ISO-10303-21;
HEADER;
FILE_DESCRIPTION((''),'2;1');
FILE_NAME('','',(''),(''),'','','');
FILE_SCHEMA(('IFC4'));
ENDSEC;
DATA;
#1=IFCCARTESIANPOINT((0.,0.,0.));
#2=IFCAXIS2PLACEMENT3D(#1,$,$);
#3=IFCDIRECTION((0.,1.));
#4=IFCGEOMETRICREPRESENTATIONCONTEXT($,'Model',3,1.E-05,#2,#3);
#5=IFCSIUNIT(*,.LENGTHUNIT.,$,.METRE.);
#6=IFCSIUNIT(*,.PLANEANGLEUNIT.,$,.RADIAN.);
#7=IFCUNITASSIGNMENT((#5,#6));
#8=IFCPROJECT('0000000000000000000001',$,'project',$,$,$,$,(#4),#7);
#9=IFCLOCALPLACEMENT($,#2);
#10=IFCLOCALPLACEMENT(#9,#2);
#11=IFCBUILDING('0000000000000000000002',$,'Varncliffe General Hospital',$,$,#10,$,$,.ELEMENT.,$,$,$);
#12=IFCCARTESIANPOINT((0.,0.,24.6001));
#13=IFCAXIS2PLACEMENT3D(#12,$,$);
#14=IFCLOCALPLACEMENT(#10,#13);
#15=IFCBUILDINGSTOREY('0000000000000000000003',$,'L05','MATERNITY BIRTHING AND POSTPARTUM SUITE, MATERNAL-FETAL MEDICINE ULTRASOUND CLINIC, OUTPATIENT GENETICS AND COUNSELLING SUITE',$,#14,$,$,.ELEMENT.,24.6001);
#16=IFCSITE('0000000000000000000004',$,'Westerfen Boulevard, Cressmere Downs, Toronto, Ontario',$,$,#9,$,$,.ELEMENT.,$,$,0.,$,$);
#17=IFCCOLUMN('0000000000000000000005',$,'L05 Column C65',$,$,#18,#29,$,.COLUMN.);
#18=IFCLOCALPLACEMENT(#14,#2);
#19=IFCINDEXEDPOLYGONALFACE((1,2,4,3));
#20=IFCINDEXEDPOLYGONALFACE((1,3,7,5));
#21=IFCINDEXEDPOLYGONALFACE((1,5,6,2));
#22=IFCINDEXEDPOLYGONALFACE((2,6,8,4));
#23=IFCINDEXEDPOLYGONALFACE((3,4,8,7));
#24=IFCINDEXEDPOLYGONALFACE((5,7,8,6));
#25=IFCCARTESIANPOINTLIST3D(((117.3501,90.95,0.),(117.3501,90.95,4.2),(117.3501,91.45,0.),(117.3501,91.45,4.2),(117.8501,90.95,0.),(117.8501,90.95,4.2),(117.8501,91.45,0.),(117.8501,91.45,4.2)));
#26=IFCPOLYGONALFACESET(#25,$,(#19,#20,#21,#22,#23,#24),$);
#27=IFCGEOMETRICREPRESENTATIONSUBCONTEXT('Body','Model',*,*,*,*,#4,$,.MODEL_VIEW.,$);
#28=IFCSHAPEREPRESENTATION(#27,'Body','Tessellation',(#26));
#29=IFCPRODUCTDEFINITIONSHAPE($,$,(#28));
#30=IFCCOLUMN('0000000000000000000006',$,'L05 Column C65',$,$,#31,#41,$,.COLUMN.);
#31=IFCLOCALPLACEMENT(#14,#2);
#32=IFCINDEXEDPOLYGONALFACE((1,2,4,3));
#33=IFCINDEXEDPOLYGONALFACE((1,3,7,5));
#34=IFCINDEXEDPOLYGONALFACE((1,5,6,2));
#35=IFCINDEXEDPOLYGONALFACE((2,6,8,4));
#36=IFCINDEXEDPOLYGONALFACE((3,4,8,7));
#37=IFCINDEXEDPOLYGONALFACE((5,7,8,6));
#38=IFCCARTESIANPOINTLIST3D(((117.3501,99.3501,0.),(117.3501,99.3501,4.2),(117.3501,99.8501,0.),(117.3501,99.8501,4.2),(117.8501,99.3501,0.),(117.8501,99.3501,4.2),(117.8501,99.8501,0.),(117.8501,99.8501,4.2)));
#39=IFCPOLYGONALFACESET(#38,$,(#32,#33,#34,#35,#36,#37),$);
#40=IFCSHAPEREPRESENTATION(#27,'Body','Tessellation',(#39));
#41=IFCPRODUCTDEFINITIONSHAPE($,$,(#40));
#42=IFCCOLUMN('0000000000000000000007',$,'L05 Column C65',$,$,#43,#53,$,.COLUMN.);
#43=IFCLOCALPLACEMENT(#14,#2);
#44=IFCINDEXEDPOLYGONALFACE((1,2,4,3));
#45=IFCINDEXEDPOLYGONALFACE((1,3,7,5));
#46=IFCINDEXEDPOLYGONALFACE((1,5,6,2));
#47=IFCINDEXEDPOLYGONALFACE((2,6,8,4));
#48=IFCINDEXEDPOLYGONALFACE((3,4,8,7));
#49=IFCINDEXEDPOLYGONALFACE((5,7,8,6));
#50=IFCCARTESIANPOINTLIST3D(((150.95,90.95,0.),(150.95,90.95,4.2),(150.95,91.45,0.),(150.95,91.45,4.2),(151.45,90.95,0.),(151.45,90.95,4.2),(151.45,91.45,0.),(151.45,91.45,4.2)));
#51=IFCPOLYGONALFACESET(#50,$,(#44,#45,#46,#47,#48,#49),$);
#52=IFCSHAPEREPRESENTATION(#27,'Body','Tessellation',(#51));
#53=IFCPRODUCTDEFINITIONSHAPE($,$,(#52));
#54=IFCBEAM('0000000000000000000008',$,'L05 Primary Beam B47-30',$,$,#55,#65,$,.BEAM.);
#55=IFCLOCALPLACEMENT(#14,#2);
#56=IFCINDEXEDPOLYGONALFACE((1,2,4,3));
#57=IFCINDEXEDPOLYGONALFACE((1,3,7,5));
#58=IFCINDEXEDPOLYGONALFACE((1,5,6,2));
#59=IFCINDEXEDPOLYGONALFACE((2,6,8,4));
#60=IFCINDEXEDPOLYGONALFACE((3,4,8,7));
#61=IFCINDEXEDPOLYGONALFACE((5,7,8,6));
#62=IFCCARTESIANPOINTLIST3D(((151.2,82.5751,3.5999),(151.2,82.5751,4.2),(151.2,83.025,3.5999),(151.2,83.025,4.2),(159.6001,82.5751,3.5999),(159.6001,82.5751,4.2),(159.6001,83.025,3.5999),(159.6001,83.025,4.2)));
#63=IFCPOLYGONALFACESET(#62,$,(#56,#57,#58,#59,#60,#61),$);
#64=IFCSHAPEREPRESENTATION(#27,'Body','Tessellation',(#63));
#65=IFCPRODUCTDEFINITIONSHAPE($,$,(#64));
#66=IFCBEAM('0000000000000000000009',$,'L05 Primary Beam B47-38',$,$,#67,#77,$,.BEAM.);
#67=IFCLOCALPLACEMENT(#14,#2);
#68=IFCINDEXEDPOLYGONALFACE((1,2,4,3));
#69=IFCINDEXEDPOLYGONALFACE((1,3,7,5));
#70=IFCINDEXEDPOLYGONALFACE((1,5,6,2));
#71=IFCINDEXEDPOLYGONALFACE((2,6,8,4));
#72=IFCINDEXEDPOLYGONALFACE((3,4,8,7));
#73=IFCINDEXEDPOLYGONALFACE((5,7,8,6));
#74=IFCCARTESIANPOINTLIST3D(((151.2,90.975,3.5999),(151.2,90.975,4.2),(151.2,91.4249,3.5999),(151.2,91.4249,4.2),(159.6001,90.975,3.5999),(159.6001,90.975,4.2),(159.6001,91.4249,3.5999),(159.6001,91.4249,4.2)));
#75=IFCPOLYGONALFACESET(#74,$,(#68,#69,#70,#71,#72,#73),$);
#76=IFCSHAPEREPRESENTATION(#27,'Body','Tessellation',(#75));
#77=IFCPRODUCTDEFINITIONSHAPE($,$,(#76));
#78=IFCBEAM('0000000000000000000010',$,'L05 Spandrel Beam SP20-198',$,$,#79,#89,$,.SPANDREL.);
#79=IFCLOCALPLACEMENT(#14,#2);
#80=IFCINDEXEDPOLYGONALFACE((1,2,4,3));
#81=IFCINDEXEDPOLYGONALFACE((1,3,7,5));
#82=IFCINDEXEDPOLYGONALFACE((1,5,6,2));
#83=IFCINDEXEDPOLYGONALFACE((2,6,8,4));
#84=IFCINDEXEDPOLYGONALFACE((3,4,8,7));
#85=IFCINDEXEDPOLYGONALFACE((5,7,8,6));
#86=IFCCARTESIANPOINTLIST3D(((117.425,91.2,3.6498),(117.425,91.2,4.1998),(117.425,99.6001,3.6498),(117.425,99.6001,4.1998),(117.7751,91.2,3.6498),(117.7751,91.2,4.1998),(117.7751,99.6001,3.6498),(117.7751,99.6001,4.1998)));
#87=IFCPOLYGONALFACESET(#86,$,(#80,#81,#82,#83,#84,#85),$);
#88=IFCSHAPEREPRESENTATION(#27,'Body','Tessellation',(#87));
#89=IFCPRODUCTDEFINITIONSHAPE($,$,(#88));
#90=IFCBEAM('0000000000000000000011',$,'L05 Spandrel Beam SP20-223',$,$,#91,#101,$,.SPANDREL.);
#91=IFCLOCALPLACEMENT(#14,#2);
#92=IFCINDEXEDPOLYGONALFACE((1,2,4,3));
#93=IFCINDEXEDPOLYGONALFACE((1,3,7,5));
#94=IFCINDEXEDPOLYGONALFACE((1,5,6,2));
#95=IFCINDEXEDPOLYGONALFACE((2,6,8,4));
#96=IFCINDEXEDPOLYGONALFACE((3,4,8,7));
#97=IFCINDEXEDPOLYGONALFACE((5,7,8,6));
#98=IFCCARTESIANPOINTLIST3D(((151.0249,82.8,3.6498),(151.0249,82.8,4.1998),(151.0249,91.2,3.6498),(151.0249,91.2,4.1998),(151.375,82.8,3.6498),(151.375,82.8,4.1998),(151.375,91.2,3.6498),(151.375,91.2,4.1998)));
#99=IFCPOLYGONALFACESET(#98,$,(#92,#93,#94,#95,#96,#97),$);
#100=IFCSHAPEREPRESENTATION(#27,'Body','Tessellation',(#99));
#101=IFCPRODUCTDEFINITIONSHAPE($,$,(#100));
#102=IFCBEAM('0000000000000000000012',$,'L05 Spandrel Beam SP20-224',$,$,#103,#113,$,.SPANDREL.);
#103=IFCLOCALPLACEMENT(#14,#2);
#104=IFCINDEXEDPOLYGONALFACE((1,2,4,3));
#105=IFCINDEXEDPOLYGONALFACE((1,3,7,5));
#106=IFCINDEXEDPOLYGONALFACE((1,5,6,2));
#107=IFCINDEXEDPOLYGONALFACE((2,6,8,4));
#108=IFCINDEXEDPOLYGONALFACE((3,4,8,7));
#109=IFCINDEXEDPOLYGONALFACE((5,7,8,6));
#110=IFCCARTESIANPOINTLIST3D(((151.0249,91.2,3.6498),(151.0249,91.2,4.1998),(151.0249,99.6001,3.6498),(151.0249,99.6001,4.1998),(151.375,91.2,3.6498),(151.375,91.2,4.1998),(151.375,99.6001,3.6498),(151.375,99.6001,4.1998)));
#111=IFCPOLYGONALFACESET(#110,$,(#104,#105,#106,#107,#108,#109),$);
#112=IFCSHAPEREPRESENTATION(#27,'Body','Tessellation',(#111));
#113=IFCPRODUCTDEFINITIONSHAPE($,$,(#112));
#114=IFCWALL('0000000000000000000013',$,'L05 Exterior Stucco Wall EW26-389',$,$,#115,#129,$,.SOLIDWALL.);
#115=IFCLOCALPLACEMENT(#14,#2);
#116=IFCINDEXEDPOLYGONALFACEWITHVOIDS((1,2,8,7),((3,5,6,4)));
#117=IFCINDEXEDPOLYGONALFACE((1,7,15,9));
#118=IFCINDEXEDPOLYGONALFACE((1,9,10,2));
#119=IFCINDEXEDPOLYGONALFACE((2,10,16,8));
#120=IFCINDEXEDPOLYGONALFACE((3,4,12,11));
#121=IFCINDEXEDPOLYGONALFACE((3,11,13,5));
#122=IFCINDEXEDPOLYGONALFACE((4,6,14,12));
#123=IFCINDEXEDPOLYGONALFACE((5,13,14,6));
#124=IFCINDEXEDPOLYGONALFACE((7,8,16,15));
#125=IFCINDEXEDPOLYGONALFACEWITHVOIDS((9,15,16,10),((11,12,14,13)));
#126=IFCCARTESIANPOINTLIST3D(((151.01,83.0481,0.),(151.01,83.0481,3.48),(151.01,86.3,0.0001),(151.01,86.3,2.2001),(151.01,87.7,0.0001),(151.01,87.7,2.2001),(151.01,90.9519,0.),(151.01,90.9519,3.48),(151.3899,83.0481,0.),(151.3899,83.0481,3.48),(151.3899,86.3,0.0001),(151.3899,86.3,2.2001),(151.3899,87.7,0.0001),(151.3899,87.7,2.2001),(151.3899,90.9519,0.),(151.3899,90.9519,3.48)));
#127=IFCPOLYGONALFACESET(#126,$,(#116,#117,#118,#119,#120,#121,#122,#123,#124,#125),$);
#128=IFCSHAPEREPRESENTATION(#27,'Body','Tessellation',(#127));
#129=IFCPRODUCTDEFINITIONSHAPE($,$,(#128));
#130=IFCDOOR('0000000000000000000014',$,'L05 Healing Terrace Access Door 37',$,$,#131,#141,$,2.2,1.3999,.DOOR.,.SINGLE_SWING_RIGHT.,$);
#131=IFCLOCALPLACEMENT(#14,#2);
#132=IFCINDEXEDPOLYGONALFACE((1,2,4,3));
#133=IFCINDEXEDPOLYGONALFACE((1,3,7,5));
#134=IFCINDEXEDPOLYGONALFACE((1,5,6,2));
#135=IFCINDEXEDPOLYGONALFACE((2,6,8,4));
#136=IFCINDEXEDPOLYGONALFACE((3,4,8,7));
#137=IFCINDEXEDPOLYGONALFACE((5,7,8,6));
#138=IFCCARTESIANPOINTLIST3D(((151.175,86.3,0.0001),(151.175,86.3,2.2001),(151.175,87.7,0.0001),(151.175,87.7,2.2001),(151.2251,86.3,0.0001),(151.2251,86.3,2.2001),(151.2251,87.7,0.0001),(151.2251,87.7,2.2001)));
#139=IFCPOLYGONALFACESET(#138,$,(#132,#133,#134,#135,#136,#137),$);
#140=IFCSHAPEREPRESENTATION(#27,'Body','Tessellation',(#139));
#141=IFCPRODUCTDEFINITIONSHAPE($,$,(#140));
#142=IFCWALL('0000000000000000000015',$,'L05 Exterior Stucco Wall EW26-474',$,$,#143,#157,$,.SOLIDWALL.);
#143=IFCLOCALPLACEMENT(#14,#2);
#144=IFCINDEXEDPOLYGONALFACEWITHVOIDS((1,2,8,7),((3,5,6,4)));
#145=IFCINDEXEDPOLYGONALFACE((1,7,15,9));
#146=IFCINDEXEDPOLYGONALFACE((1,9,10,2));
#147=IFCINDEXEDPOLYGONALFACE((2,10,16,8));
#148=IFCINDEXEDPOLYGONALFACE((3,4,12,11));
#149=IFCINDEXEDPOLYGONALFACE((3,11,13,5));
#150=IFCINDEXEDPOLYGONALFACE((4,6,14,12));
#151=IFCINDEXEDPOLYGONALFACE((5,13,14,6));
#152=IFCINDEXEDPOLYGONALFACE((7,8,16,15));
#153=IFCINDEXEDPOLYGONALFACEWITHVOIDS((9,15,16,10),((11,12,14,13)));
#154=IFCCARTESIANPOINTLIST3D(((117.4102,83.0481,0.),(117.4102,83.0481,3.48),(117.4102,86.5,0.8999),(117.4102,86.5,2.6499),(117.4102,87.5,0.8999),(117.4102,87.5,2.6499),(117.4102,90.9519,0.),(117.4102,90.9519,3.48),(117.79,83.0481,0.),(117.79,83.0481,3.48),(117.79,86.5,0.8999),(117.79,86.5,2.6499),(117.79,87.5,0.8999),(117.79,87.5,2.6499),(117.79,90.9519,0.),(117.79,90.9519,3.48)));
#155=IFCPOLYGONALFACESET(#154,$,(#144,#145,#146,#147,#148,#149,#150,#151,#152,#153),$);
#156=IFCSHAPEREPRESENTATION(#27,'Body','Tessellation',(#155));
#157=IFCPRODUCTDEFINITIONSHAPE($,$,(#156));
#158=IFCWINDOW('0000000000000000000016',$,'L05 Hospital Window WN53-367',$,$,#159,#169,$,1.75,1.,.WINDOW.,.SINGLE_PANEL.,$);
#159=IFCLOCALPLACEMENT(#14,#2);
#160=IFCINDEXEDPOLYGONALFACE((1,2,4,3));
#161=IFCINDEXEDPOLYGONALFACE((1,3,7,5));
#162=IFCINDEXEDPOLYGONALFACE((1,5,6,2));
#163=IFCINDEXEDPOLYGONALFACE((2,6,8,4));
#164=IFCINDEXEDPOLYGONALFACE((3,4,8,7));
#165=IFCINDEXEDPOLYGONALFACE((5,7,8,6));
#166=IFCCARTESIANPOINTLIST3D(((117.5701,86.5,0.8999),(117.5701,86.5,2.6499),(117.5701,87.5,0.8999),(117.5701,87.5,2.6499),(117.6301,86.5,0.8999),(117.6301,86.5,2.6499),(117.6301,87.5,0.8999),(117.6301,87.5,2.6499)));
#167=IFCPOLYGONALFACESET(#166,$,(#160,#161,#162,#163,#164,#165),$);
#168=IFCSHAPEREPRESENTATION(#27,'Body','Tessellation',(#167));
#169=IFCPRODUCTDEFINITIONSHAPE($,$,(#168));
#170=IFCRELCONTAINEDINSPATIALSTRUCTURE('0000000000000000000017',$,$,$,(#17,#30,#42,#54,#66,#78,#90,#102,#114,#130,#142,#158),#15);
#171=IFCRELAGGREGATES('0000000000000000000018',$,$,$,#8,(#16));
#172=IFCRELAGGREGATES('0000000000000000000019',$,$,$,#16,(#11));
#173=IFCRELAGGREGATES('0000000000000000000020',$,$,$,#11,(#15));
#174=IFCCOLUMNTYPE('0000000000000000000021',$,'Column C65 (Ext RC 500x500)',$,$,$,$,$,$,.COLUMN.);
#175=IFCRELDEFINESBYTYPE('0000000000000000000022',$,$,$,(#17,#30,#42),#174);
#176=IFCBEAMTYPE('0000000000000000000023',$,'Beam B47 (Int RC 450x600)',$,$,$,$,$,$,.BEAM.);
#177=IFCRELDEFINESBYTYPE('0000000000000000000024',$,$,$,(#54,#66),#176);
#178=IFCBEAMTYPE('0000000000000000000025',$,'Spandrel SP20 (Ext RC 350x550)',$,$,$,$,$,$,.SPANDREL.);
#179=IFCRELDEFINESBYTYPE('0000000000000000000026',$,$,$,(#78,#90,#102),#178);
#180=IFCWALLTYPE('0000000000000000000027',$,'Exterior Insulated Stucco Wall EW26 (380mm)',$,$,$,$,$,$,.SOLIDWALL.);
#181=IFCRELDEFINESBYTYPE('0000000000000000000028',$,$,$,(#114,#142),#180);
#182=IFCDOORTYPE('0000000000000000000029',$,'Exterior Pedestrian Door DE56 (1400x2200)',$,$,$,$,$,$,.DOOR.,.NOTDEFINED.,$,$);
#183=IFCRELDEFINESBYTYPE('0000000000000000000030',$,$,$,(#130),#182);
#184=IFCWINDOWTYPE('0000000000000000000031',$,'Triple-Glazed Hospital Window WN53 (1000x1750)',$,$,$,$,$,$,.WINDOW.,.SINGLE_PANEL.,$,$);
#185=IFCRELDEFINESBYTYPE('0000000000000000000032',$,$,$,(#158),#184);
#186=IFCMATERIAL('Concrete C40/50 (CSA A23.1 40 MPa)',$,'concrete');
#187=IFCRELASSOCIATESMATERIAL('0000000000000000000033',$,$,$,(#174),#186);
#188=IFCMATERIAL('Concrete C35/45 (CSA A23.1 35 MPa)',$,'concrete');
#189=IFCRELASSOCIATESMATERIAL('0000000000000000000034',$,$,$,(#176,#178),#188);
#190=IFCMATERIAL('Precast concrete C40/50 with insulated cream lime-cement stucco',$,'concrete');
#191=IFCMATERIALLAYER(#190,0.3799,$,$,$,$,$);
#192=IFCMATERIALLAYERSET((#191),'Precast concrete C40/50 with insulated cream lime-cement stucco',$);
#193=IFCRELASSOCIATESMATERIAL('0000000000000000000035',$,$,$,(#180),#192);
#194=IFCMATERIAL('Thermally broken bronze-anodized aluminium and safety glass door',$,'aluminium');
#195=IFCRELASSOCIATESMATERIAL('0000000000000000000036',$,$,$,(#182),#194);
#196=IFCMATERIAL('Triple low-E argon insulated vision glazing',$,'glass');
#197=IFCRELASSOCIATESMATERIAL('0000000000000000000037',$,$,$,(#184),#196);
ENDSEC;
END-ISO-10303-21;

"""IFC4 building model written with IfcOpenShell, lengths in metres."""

from ifc_helpers import new_model, si_unit, direction, frame, frame_2d, origin, origin_2d, place, context, subcontext, project, spatial, rectangle, extrude, material, layer, layer_set, material_profile, profile_set, type_object, element, fill, save


model = new_model("IFC4")

# Units and contexts
model_context = context("Model", 3, precision=1e-05, world=origin(), true_north=direction((0.0, 1.0)))
body_context = subcontext(model_context, "Body", "Model", "MODEL_VIEW")
ifc_project = project(units=[si_unit("LENGTHUNIT", "METRE"), si_unit("PLANEANGLEUNIT", "RADIAN")], contexts=[model_context])

# Site, building, storey
site_placement = place(None, origin())
site = spatial("IfcSite", under=ifc_project, at=site_placement, Name="Westerfen Boulevard, Cressmere Downs, Toronto, Ontario", CompositionType="ELEMENT", RefElevation=0.0)
building_placement = place(site_placement, origin())
building = spatial("IfcBuilding", under=site, at=building_placement, Name="Varncliffe General Hospital", CompositionType="ELEMENT")
storey_placement = place(building_placement, frame((0.0, 0.0, 24.6001)))
storey = spatial("IfcBuildingStorey", under=building, at=storey_placement, Name="L05", Description="MATERNITY BIRTHING AND POSTPARTUM SUITE, MATERNAL-FETAL MEDICINE ULTRASOUND CLINIC, OUTPATIENT GENETICS AND COUNSELLING SUITE", CompositionType="ELEMENT", Elevation=24.6001)

# Columns
ifc_material_1 = material(Name="Concrete C40/50 (CSA A23.1 40 MPa)", Category="concrete")
ifc_material_profile_1 = material_profile(ifc_material_1, rectangle(XDim=0.5, YDim=0.5, at=origin_2d()), Name="RC 500x500")
ifc_profile_set_1 = profile_set([ifc_material_profile_1], Name="Concrete C40/50 (CSA A23.1 40 MPa)")
column_type = type_object("IfcColumnType", Name="Column C65 (Ext RC 500x500)", PredefinedType="COLUMN", material=ifc_profile_set_1)
for number, where, z_axis, x_axis, name in (
    (1, (117.6001, 91.2, 0.0), (0.0, 0.0, 1.0), (1.0, 0.0, 0.0), "L05 Column C65"),
    (2, (117.6001, 99.6001, 0.0), (0.0, 0.0, 1.0), (1.0, 0.0, 0.0), "L05 Column C65"),
    (3, (151.2, 91.2, 0.0), (0.0, 0.0, 1.0), (1.0, 0.0, 0.0), "L05 Column C65"),
):
    element("IfcColumn", number, at=place(storey_placement, frame(where, z_axis=z_axis, x_axis=x_axis)), inside=storey, type_object=column_type, Name=name, PredefinedType="COLUMN", context=body_context, shape_type="SweptSolid", body=[
        extrude(rectangle(XDim=0.5, YDim=0.5, at=origin_2d()), origin(), (0.0, 0.0, 1.0), 4.2),
    ])

# Beams
ifc_material_2 = material(Name="Concrete C35/45 (CSA A23.1 35 MPa)", Category="concrete")
ifc_material_profile_2 = material_profile(ifc_material_2, rectangle(XDim=0.45, YDim=0.6001, at=origin_2d()), Name="RC 450x600")
ifc_profile_set_2 = profile_set([ifc_material_profile_2], Name="Concrete C35/45 (CSA A23.1 35 MPa)")
beam_type_1 = type_object("IfcBeamType", Name="Beam B47 (Int RC 450x600)", PredefinedType="BEAM", material=ifc_profile_set_2)
for number, where, z_axis, x_axis, name in (
    (4, (151.2, 82.8, 3.8999), (1.0, 0.0, 0.0), (0.0, 1.0, 0.0), "L05 Primary Beam B47-30"),
    (5, (151.2, 91.2, 3.8999), (1.0, 0.0, 0.0), (0.0, 1.0, 0.0), "L05 Primary Beam B47-38"),
):
    element("IfcBeam", number, at=place(storey_placement, frame(where, z_axis=z_axis, x_axis=x_axis)), inside=storey, type_object=beam_type_1, Name=name, PredefinedType="BEAM", context=body_context, shape_type="SweptSolid", body=[
        extrude(rectangle(XDim=0.45, YDim=0.6001, at=origin_2d()), origin(), (0.0, 0.0, 1.0), 8.4001),
    ])
ifc_material_profile_3 = material_profile(ifc_material_2, rectangle(XDim=0.3501, YDim=0.55, at=origin_2d()), Name="RC 350x550")
ifc_profile_set_3 = profile_set([ifc_material_profile_3], Name="Concrete C35/45 (CSA A23.1 35 MPa)")
beam_type_2 = type_object("IfcBeamType", Name="Spandrel SP20 (Ext RC 350x550)", PredefinedType="SPANDREL", material=ifc_profile_set_3)
beam_1_placement = place(storey_placement, frame((117.6001, 91.2, 3.9248), z_axis=(0.0, 1.0, 0.0), x_axis=(-1.0, 0.0, 0.0)))
element("IfcBeam", 6, at=beam_1_placement, inside=storey, type_object=beam_type_2, Name="L05 Spandrel Beam SP20-198", PredefinedType="SPANDREL", context=body_context, shape_type="SweptSolid", body=[
    extrude(rectangle(XDim=0.3501, YDim=0.55, at=origin_2d()), origin(), (0.0, 0.0, 1.0), 8.4001),
])
beam_2_placement = place(storey_placement, frame((151.2, 82.8, 3.9248), z_axis=(0.0, 1.0, 0.0), x_axis=(-1.0, 0.0, 0.0)))
element("IfcBeam", 7, at=beam_2_placement, inside=storey, type_object=beam_type_2, Name="L05 Spandrel Beam SP20-223", PredefinedType="SPANDREL", context=body_context, shape_type="SweptSolid", body=[
    extrude(rectangle(XDim=0.3501, YDim=0.55, at=origin_2d()), origin(), (0.0, 0.0, 1.0), 8.3999),
])
beam_3_placement = place(storey_placement, frame((151.2, 91.2, 3.9248), z_axis=(0.0, 1.0, 0.0), x_axis=(-1.0, 0.0, 0.0)))
element("IfcBeam", 8, at=beam_3_placement, inside=storey, type_object=beam_type_2, Name="L05 Spandrel Beam SP20-224", PredefinedType="SPANDREL", context=body_context, shape_type="SweptSolid", body=[
    extrude(rectangle(XDim=0.3501, YDim=0.55, at=origin_2d()), origin(), (0.0, 0.0, 1.0), 8.4001),
])

# Wall, opening, door
ifc_material_3 = material(Name="Precast concrete C40/50 with insulated cream lime-cement stucco", Category="concrete")
ifc_layer_1 = layer(ifc_material_3, 0.3799)
ifc_layer_set_1 = layer_set([ifc_layer_1], Name="Precast concrete C40/50 with insulated cream lime-cement stucco")
wall_type_1 = type_object("IfcWallType", Name="Exterior Insulated Stucco Wall EW26 (380mm)", PredefinedType="SOLIDWALL", material=ifc_layer_set_1)
wall_1_placement = place(storey_placement, frame((151.2, 83.0481, 0.0), z_axis=(0.0, 0.0, 1.0), x_axis=(0.0, 1.0, 0.0)))
wall_1 = element("IfcWall", 9, at=wall_1_placement, inside=storey, type_object=wall_type_1, Name="L05 Exterior Stucco Wall EW26-389", PredefinedType="SOLIDWALL", context=body_context, shape_type="SweptSolid", body=[
    extrude(rectangle(XDim=7.9038, YDim=0.3799, at=frame_2d((3.9519, 0.0))), origin(), (0.0, 0.0, 1.0), 3.48),
])
opening_1_placement = place(wall_1_placement, frame((3.252, 0.0, 0.0)))
opening_1 = element("IfcOpeningElement", 10, at=opening_1_placement, cuts=wall_1, PredefinedType="OPENING", context=body_context, shape_type="SweptSolid", body=[
    extrude(rectangle(XDim=1.3999, YDim=2.2, at=frame_2d((0.7, 1.1001))), frame((0.0, 0.2, 0.0), z_axis=(0.0, -1.0, 0.0), x_axis=(1.0, 0.0, 0.0)), (0.0, 0.0, 1.0), 0.3999),
])
ifc_material_4 = material(Name="Thermally broken bronze-anodized aluminium and safety glass door", Category="aluminium")
door_type = type_object("IfcDoorType", Name="Exterior Pedestrian Door DE56 (1400x2200)", OperationType="NOTDEFINED", PredefinedType="DOOR", material=ifc_material_4)
door_placement = place(opening_1_placement, origin())
door = element("IfcDoor", 11, at=door_placement, inside=storey, type_object=door_type, Name="L05 Healing Terrace Access Door 37", OperationType="SINGLE_SWING_RIGHT", OverallHeight=2.2, OverallWidth=1.3999, PredefinedType="DOOR", context=body_context, shape_type="SweptSolid", body=[
    extrude(rectangle(XDim=1.3999, YDim=2.2, at=frame_2d((0.7, 1.1001))), frame((0.0, 0.0249, 0.0), z_axis=(0.0, -1.0, 0.0), x_axis=(1.0, 0.0, 0.0)), (0.0, 0.0, 1.0), 0.05),
])
fill(opening_1, door)

# Wall, opening, window
wall_2_placement = place(storey_placement, frame((117.6001, 90.9519, 0.0), z_axis=(0.0, 0.0, 1.0), x_axis=(0.0, -1.0, 0.0)))
wall_2 = element("IfcWall", 12, at=wall_2_placement, inside=storey, type_object=wall_type_1, Name="L05 Exterior Stucco Wall EW26-474", PredefinedType="SOLIDWALL", context=body_context, shape_type="SweptSolid", body=[
    extrude(rectangle(XDim=7.9038, YDim=0.3799, at=frame_2d((3.9519, 0.0))), origin(), (0.0, 0.0, 1.0), 3.48),
])
opening_2_placement = place(wall_2_placement, frame((3.4519, 0.0, 0.8999)))
opening_2 = element("IfcOpeningElement", 13, at=opening_2_placement, cuts=wall_2, PredefinedType="OPENING", context=body_context, shape_type="SweptSolid", body=[
    extrude(rectangle(XDim=1.0, YDim=1.75, at=frame_2d((0.5, 0.875))), frame((0.0, 0.2, 0.0), z_axis=(0.0, -1.0, 0.0), x_axis=(1.0, 0.0, 0.0)), (0.0, 0.0, 1.0), 0.3999),
])
ifc_material_5 = material(Name="Triple low-E argon insulated vision glazing", Category="glass")
window_type_1 = type_object("IfcWindowType", Name="Triple-Glazed Hospital Window WN53 (1000x1750)", PartitioningType="SINGLE_PANEL", PredefinedType="WINDOW", material=ifc_material_5)
window_1_placement = place(opening_2_placement, origin())
window_1 = element("IfcWindow", 14, at=window_1_placement, inside=storey, type_object=window_type_1, Name="L05 Hospital Window WN53-367", OverallHeight=1.75, OverallWidth=1.0, PartitioningType="SINGLE_PANEL", PredefinedType="WINDOW", context=body_context, shape_type="SweptSolid", body=[
    extrude(rectangle(XDim=1.0, YDim=1.75, at=frame_2d((0.5, 0.875))), frame((0.0, 0.03, 0.0), z_axis=(0.0, -1.0, 0.0), x_axis=(1.0, 0.0, 0.0)), (0.0, 0.0, 1.0), 0.0601),
])
fill(opening_2, window_1)

save(model, "model.ifc")
